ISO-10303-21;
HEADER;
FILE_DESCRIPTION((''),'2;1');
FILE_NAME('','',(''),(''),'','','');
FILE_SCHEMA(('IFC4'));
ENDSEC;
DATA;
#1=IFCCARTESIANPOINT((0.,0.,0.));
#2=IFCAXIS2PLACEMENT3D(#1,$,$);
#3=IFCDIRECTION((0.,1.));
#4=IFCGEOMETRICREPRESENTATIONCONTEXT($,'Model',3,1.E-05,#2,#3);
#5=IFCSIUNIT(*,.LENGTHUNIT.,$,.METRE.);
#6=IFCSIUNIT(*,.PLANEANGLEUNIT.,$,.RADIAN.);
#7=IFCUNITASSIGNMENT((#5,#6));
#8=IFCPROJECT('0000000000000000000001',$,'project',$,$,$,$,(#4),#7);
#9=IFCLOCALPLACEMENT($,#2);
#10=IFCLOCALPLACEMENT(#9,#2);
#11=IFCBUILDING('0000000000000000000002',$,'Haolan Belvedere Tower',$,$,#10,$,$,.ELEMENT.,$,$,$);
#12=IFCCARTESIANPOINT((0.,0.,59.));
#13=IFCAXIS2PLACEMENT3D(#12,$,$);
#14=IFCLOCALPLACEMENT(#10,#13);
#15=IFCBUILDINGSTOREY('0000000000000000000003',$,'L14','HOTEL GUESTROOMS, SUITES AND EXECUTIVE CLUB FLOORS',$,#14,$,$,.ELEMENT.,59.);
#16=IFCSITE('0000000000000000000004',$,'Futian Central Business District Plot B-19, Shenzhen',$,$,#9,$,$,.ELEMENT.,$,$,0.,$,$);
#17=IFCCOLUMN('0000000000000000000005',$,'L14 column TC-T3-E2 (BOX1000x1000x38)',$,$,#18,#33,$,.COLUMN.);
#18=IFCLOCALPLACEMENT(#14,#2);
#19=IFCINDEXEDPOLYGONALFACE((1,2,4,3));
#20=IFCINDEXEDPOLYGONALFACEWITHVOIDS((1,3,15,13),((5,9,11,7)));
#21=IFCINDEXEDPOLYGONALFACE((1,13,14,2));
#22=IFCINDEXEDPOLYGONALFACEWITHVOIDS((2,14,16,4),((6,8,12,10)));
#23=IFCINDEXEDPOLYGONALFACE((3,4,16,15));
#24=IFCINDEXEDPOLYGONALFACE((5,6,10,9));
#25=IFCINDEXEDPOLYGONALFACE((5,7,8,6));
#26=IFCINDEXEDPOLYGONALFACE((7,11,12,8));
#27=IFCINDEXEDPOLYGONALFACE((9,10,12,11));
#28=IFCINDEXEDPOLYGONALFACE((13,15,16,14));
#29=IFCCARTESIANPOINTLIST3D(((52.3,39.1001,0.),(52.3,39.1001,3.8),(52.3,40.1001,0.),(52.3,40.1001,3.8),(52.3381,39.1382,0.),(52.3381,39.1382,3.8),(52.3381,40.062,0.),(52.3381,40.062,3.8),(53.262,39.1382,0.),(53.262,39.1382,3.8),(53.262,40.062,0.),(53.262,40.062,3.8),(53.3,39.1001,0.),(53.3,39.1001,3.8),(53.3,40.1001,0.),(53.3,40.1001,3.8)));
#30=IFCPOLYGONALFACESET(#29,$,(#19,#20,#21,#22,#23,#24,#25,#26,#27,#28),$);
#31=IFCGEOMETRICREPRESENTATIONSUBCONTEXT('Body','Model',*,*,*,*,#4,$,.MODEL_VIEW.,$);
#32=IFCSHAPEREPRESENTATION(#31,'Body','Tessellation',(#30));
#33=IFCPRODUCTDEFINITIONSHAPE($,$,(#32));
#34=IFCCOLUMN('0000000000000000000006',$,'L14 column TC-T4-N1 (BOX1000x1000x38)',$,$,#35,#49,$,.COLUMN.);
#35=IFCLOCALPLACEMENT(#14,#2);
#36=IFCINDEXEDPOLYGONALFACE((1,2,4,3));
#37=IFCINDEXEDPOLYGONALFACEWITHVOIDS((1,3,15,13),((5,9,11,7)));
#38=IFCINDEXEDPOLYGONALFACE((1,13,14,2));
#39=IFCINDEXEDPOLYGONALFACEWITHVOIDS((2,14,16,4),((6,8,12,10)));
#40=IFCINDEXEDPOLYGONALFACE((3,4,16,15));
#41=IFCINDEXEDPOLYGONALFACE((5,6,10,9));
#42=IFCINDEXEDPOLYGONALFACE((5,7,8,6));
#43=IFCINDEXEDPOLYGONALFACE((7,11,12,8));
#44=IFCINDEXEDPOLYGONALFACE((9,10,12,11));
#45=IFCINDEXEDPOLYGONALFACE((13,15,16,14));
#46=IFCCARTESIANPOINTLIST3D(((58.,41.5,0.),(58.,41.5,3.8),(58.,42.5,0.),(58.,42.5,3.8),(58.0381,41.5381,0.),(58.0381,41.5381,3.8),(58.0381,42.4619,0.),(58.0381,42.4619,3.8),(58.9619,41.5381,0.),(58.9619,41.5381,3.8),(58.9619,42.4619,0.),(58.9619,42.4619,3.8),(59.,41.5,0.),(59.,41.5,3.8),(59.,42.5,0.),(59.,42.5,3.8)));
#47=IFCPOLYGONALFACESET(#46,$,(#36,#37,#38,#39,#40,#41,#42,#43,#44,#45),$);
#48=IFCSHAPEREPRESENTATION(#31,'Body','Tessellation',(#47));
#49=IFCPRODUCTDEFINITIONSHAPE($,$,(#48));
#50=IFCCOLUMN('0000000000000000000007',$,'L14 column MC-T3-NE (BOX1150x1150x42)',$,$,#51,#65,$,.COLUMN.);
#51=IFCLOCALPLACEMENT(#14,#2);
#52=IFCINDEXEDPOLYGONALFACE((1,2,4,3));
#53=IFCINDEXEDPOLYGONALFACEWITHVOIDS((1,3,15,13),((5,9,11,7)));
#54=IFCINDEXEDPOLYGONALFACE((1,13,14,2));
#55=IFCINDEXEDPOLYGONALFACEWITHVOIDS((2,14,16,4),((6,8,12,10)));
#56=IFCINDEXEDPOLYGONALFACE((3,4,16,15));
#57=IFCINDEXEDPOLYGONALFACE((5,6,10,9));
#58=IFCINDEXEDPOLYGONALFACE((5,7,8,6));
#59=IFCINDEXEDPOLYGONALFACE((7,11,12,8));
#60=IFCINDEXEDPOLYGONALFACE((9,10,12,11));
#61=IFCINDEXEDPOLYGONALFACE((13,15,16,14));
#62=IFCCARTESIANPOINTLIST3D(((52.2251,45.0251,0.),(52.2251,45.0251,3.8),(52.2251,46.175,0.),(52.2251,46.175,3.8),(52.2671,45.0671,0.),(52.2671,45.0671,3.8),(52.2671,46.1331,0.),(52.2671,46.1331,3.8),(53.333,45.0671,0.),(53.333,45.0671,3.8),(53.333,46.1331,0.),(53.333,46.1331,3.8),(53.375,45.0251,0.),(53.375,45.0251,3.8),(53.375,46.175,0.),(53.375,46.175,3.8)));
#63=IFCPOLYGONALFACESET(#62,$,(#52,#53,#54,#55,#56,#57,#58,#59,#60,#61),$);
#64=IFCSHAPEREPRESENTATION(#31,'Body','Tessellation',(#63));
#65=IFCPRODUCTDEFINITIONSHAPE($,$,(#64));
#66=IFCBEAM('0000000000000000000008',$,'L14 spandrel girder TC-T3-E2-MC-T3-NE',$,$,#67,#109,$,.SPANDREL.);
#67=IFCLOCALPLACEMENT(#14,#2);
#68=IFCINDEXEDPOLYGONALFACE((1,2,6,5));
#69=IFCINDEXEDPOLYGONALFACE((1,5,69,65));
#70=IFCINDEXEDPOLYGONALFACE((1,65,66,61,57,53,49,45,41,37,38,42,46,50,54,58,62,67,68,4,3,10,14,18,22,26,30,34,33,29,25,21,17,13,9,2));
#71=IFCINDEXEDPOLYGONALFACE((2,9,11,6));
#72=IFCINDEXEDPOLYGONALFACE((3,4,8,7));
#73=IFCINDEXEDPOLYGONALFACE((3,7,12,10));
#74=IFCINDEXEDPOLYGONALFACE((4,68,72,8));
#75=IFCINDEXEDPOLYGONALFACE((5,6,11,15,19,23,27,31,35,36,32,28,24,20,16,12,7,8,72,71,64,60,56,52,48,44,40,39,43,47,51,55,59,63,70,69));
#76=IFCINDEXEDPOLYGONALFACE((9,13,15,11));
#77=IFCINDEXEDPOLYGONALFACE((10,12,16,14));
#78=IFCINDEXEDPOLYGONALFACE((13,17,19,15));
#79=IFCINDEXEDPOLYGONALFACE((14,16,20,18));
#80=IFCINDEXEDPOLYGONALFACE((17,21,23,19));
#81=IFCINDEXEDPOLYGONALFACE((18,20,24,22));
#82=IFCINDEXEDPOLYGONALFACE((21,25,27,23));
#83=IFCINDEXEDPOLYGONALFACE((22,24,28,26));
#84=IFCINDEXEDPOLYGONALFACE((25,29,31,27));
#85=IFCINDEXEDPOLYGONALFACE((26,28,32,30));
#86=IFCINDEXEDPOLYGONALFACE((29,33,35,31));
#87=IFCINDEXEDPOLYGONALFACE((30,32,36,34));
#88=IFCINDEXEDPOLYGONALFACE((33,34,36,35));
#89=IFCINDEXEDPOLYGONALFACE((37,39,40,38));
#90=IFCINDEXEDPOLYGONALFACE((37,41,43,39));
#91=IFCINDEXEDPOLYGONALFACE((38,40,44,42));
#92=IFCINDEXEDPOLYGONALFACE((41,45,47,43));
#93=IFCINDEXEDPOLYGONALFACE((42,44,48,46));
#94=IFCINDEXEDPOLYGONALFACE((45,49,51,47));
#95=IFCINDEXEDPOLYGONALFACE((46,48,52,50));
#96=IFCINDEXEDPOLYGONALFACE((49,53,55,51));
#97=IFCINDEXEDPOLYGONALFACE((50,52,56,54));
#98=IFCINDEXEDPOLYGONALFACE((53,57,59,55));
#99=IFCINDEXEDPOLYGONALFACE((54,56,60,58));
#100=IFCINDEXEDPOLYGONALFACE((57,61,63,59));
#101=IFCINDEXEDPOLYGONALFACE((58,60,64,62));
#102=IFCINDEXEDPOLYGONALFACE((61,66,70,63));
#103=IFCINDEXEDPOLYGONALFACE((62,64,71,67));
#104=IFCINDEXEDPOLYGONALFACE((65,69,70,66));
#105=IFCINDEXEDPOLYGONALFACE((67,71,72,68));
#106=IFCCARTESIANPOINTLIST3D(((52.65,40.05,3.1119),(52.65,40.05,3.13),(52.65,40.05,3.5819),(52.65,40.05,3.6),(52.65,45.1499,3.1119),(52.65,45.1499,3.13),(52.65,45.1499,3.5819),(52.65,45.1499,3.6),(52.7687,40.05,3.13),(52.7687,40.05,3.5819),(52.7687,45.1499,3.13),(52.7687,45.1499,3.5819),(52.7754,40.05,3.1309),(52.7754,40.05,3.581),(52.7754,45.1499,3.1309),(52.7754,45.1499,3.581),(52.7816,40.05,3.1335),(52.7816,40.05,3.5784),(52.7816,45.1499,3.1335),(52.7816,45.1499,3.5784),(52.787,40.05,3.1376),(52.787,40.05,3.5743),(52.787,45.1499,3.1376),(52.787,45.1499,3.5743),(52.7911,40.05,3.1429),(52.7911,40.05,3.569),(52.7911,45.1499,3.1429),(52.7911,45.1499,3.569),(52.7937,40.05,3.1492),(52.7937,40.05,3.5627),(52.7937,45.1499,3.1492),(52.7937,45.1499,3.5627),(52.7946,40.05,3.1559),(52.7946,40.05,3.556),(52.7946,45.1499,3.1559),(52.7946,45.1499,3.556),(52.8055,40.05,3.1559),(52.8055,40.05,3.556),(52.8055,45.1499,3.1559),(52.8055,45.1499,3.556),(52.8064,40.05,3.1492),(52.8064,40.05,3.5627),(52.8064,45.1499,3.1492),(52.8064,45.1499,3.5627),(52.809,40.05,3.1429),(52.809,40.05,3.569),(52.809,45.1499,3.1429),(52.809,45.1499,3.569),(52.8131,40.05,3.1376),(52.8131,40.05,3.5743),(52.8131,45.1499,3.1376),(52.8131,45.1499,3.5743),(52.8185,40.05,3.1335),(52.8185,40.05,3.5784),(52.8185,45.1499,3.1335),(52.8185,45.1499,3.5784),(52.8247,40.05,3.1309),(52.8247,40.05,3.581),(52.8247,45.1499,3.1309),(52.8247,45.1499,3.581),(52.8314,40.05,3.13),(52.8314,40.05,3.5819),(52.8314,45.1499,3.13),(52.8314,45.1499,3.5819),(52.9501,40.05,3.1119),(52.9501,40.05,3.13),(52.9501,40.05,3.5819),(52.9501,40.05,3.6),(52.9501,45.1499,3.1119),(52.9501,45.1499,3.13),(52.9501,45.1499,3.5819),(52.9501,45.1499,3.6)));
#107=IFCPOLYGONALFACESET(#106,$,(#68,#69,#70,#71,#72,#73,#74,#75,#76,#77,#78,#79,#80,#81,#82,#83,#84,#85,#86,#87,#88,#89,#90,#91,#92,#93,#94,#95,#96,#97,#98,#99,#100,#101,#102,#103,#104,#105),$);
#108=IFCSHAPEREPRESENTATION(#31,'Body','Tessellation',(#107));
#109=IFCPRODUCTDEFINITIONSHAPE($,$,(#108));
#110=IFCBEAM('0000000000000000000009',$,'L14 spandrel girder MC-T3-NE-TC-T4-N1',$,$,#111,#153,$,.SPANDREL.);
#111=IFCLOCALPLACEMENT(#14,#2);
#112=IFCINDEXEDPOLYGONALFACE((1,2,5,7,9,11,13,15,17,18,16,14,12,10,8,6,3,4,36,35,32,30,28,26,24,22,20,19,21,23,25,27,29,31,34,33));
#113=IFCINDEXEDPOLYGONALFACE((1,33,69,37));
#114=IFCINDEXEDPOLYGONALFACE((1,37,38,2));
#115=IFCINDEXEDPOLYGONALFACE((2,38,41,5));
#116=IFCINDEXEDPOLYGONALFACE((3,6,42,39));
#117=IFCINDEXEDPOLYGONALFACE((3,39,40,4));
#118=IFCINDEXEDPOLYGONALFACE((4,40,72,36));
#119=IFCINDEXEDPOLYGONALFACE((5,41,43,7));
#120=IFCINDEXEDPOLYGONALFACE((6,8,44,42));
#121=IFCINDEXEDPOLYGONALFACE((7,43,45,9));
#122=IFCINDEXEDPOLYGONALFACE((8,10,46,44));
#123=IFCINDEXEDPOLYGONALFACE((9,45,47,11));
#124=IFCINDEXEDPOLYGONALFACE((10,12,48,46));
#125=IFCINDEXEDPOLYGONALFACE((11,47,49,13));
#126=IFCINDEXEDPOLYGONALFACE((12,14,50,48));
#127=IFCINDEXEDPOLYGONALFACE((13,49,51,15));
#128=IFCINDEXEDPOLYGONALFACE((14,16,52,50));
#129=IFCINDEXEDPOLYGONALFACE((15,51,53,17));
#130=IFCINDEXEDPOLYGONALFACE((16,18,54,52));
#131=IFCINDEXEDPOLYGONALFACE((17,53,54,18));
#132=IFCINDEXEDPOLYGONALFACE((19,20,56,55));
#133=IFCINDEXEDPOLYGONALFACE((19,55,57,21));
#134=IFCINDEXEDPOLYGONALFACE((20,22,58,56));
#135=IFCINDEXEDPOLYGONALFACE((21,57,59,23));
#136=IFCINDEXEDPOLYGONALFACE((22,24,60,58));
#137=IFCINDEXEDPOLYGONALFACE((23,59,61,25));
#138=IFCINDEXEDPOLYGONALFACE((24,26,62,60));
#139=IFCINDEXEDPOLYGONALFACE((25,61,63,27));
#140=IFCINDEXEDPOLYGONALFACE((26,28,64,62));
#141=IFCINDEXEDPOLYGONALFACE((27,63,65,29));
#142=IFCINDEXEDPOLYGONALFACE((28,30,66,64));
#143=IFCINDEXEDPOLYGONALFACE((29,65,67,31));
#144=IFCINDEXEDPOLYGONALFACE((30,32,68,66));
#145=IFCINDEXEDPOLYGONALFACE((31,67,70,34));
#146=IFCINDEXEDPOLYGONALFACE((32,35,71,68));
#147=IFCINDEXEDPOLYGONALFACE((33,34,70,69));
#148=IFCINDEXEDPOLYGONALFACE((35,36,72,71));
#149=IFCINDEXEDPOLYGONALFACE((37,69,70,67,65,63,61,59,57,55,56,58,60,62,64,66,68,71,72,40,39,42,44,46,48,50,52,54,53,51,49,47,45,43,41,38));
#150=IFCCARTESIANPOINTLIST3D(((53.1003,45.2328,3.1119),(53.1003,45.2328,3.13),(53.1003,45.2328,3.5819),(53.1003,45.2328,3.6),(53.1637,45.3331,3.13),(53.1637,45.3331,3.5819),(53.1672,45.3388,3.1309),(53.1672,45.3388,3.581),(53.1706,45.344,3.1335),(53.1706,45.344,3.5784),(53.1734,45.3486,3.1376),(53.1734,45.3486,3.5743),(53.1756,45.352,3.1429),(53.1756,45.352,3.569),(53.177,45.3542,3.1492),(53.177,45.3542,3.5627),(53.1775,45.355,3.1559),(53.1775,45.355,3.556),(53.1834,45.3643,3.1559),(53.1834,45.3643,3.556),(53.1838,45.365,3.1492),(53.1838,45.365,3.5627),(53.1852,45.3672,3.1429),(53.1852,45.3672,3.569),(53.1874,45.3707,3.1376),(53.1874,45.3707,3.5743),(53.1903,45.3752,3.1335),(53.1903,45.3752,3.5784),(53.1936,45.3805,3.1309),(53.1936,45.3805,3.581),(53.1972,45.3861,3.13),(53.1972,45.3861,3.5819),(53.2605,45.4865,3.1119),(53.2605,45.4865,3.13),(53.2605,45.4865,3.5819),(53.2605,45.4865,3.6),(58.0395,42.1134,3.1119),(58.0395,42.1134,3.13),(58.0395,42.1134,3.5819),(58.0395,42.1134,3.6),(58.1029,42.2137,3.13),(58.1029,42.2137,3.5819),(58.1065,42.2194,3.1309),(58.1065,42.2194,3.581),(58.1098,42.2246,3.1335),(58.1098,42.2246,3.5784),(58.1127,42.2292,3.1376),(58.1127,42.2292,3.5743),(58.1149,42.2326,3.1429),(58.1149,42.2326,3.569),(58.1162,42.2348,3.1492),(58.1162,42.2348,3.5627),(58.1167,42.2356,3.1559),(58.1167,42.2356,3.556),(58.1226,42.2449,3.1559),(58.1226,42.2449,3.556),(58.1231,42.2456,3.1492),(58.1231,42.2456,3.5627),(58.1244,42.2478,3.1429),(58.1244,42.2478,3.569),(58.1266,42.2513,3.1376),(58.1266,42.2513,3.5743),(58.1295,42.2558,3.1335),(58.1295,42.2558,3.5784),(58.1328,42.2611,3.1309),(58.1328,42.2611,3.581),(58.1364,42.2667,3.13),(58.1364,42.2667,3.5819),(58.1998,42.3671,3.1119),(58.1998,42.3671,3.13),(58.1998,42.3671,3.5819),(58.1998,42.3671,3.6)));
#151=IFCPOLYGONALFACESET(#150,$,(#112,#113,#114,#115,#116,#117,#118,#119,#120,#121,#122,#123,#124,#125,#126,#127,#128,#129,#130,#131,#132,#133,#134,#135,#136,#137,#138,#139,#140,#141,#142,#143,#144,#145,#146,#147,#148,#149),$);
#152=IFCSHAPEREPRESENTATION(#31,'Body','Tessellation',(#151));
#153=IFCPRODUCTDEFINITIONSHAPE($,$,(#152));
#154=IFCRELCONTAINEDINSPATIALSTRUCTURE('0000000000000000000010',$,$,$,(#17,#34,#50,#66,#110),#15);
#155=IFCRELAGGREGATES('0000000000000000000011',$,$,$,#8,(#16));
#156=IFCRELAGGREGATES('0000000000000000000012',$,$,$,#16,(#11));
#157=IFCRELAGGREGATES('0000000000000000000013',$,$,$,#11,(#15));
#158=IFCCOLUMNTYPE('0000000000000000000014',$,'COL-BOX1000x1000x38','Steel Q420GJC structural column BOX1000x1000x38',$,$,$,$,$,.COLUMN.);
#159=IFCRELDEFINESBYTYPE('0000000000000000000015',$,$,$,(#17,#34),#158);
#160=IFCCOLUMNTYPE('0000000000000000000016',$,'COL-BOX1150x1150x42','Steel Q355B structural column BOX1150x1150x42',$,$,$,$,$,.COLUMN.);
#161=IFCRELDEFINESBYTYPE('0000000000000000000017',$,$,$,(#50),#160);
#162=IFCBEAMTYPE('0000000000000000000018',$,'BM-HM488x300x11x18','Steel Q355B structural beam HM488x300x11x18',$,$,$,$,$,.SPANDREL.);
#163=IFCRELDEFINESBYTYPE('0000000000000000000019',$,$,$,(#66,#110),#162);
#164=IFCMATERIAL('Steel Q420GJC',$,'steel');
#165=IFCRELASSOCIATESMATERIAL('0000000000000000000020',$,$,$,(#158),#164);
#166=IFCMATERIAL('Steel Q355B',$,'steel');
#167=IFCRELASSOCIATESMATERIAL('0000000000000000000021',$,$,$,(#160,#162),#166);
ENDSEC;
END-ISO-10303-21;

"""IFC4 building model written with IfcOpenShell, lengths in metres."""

from ifc_helpers import new_model, si_unit, direction, frame, origin, origin_2d, place, context, subcontext, project, spatial, hollow_rectangle, i_section, extrude, material, material_profile, profile_set, type_object, element, save


model = new_model("IFC4")

# Units and contexts
model_context = context("Model", 3, precision=1e-05, world=origin(), true_north=direction((0.0, 1.0)))
body_context = subcontext(model_context, "Body", "Model", "MODEL_VIEW")
ifc_project = project(units=[si_unit("LENGTHUNIT", "METRE"), si_unit("PLANEANGLEUNIT", "RADIAN")], contexts=[model_context])

# Site, building, storey
site_placement = place(None, origin())
site = spatial("IfcSite", under=ifc_project, at=site_placement, Name="Futian Central Business District Plot B-19, Shenzhen", CompositionType="ELEMENT", RefElevation=0.0)
building_placement = place(site_placement, origin())
building = spatial("IfcBuilding", under=site, at=building_placement, Name="Haolan Belvedere Tower", CompositionType="ELEMENT")
storey_placement = place(building_placement, frame((0.0, 0.0, 59.0)))
storey = spatial("IfcBuildingStorey", under=building, at=storey_placement, Name="L14", Description="HOTEL GUESTROOMS, SUITES AND EXECUTIVE CLUB FLOORS", CompositionType="ELEMENT", Elevation=59.0)

# Columns
ifc_material_1 = material(Name="Steel Q420GJC", Category="steel")
ifc_material_profile_1 = material_profile(ifc_material_1, hollow_rectangle(XDim=1.0, YDim=1.0, WallThickness=0.0381, at=origin_2d()), Name="Steel Q420GJC")
ifc_profile_set_1 = profile_set([ifc_material_profile_1], Name="Steel Q420GJC")
column_type_1 = type_object("IfcColumnType", Name="COL-BOX1000x1000x38", Description="Steel Q420GJC structural column BOX1000x1000x38", PredefinedType="COLUMN", material=ifc_profile_set_1)
for number, where, z_axis, x_axis, name in (
    (1, (52.8, 39.6001, 0.0), (0.0, 0.0, 1.0), (1.0, 0.0, 0.0), "L14 column TC-T3-E2 (BOX1000x1000x38)"),
    (2, (58.5, 42.0, 0.0), (0.0, 0.0, 1.0), (1.0, 0.0, 0.0), "L14 column TC-T4-N1 (BOX1000x1000x38)"),
):
    element("IfcColumn", number, at=place(storey_placement, frame(where, z_axis=z_axis, x_axis=x_axis)), inside=storey, type_object=column_type_1, Name=name, PredefinedType="COLUMN", context=body_context, shape_type="SweptSolid", body=[
        extrude(hollow_rectangle(XDim=1.0, YDim=1.0, WallThickness=0.0381, at=origin_2d()), origin(), (0.0, 0.0, 1.0), 3.8),
    ])
ifc_material_2 = material(Name="Steel Q355B", Category="steel")
ifc_material_profile_2 = material_profile(ifc_material_2, hollow_rectangle(XDim=1.1499, YDim=1.1499, WallThickness=0.042, at=origin_2d()), Name="Steel Q355B")
ifc_profile_set_2 = profile_set([ifc_material_profile_2], Name="Steel Q355B")
column_type_2 = type_object("IfcColumnType", Name="COL-BOX1150x1150x42", Description="Steel Q355B structural column BOX1150x1150x42", PredefinedType="COLUMN", material=ifc_profile_set_2)
column_placement = place(storey_placement, frame((52.8, 45.6001, 0.0), z_axis=(0.0, 0.0, 1.0), x_axis=(1.0, 0.0, 0.0)))
element("IfcColumn", 3, at=column_placement, inside=storey, type_object=column_type_2, Name="L14 column MC-T3-NE (BOX1150x1150x42)", PredefinedType="COLUMN", context=body_context, shape_type="SweptSolid", body=[
    extrude(hollow_rectangle(XDim=1.1499, YDim=1.1499, WallThickness=0.042, at=origin_2d()), origin(), (0.0, 0.0, 1.0), 3.8),
])

# Beams
ifc_material_profile_3 = material_profile(ifc_material_2, i_section(OverallWidth=0.3, OverallDepth=0.488, WebThickness=0.011, FlangeThickness=0.0181, FilletRadius=0.0259, at=origin_2d()), Name="Steel Q355B")
ifc_profile_set_3 = profile_set([ifc_material_profile_3], Name="Steel Q355B")
beam_type_1 = type_object("IfcBeamType", Name="BM-HM488x300x11x18", Description="Steel Q355B structural beam HM488x300x11x18", PredefinedType="SPANDREL", material=ifc_profile_set_3)
beam_1_placement = place(storey_placement, frame((52.8, 40.05, 3.356), z_axis=(0.0, 1.0, 0.0), x_axis=(-1.0, 0.0, 0.0)))
element("IfcBeam", 4, at=beam_1_placement, inside=storey, type_object=beam_type_1, Name="L14 spandrel girder TC-T3-E2-MC-T3-NE", PredefinedType="SPANDREL", context=body_context, shape_type="SweptSolid", body=[
    extrude(i_section(OverallWidth=0.3, OverallDepth=0.488, WebThickness=0.011, FlangeThickness=0.0181, FilletRadius=0.0259, at=origin_2d()), origin(), (0.0, 0.0, 1.0), 5.0999),
])
beam_2_placement = place(storey_placement, frame((53.1804, 45.3596, 3.356), z_axis=(0.845498, -0.533979, 0.0), x_axis=(0.533979, 0.845498, 0.0)))
element("IfcBeam", 5, at=beam_2_placement, inside=storey, type_object=beam_type_1, Name="L14 spandrel girder MC-T3-NE-TC-T4-N1", PredefinedType="SPANDREL", context=body_context, shape_type="SweptSolid", body=[
    extrude(i_section(OverallWidth=0.3, OverallDepth=0.488, WebThickness=0.011, FlangeThickness=0.0181, FilletRadius=0.0259, at=origin_2d()), origin(), (0.0, 0.0, 1.0), 5.8418),
])

save(model, "model.ifc")
